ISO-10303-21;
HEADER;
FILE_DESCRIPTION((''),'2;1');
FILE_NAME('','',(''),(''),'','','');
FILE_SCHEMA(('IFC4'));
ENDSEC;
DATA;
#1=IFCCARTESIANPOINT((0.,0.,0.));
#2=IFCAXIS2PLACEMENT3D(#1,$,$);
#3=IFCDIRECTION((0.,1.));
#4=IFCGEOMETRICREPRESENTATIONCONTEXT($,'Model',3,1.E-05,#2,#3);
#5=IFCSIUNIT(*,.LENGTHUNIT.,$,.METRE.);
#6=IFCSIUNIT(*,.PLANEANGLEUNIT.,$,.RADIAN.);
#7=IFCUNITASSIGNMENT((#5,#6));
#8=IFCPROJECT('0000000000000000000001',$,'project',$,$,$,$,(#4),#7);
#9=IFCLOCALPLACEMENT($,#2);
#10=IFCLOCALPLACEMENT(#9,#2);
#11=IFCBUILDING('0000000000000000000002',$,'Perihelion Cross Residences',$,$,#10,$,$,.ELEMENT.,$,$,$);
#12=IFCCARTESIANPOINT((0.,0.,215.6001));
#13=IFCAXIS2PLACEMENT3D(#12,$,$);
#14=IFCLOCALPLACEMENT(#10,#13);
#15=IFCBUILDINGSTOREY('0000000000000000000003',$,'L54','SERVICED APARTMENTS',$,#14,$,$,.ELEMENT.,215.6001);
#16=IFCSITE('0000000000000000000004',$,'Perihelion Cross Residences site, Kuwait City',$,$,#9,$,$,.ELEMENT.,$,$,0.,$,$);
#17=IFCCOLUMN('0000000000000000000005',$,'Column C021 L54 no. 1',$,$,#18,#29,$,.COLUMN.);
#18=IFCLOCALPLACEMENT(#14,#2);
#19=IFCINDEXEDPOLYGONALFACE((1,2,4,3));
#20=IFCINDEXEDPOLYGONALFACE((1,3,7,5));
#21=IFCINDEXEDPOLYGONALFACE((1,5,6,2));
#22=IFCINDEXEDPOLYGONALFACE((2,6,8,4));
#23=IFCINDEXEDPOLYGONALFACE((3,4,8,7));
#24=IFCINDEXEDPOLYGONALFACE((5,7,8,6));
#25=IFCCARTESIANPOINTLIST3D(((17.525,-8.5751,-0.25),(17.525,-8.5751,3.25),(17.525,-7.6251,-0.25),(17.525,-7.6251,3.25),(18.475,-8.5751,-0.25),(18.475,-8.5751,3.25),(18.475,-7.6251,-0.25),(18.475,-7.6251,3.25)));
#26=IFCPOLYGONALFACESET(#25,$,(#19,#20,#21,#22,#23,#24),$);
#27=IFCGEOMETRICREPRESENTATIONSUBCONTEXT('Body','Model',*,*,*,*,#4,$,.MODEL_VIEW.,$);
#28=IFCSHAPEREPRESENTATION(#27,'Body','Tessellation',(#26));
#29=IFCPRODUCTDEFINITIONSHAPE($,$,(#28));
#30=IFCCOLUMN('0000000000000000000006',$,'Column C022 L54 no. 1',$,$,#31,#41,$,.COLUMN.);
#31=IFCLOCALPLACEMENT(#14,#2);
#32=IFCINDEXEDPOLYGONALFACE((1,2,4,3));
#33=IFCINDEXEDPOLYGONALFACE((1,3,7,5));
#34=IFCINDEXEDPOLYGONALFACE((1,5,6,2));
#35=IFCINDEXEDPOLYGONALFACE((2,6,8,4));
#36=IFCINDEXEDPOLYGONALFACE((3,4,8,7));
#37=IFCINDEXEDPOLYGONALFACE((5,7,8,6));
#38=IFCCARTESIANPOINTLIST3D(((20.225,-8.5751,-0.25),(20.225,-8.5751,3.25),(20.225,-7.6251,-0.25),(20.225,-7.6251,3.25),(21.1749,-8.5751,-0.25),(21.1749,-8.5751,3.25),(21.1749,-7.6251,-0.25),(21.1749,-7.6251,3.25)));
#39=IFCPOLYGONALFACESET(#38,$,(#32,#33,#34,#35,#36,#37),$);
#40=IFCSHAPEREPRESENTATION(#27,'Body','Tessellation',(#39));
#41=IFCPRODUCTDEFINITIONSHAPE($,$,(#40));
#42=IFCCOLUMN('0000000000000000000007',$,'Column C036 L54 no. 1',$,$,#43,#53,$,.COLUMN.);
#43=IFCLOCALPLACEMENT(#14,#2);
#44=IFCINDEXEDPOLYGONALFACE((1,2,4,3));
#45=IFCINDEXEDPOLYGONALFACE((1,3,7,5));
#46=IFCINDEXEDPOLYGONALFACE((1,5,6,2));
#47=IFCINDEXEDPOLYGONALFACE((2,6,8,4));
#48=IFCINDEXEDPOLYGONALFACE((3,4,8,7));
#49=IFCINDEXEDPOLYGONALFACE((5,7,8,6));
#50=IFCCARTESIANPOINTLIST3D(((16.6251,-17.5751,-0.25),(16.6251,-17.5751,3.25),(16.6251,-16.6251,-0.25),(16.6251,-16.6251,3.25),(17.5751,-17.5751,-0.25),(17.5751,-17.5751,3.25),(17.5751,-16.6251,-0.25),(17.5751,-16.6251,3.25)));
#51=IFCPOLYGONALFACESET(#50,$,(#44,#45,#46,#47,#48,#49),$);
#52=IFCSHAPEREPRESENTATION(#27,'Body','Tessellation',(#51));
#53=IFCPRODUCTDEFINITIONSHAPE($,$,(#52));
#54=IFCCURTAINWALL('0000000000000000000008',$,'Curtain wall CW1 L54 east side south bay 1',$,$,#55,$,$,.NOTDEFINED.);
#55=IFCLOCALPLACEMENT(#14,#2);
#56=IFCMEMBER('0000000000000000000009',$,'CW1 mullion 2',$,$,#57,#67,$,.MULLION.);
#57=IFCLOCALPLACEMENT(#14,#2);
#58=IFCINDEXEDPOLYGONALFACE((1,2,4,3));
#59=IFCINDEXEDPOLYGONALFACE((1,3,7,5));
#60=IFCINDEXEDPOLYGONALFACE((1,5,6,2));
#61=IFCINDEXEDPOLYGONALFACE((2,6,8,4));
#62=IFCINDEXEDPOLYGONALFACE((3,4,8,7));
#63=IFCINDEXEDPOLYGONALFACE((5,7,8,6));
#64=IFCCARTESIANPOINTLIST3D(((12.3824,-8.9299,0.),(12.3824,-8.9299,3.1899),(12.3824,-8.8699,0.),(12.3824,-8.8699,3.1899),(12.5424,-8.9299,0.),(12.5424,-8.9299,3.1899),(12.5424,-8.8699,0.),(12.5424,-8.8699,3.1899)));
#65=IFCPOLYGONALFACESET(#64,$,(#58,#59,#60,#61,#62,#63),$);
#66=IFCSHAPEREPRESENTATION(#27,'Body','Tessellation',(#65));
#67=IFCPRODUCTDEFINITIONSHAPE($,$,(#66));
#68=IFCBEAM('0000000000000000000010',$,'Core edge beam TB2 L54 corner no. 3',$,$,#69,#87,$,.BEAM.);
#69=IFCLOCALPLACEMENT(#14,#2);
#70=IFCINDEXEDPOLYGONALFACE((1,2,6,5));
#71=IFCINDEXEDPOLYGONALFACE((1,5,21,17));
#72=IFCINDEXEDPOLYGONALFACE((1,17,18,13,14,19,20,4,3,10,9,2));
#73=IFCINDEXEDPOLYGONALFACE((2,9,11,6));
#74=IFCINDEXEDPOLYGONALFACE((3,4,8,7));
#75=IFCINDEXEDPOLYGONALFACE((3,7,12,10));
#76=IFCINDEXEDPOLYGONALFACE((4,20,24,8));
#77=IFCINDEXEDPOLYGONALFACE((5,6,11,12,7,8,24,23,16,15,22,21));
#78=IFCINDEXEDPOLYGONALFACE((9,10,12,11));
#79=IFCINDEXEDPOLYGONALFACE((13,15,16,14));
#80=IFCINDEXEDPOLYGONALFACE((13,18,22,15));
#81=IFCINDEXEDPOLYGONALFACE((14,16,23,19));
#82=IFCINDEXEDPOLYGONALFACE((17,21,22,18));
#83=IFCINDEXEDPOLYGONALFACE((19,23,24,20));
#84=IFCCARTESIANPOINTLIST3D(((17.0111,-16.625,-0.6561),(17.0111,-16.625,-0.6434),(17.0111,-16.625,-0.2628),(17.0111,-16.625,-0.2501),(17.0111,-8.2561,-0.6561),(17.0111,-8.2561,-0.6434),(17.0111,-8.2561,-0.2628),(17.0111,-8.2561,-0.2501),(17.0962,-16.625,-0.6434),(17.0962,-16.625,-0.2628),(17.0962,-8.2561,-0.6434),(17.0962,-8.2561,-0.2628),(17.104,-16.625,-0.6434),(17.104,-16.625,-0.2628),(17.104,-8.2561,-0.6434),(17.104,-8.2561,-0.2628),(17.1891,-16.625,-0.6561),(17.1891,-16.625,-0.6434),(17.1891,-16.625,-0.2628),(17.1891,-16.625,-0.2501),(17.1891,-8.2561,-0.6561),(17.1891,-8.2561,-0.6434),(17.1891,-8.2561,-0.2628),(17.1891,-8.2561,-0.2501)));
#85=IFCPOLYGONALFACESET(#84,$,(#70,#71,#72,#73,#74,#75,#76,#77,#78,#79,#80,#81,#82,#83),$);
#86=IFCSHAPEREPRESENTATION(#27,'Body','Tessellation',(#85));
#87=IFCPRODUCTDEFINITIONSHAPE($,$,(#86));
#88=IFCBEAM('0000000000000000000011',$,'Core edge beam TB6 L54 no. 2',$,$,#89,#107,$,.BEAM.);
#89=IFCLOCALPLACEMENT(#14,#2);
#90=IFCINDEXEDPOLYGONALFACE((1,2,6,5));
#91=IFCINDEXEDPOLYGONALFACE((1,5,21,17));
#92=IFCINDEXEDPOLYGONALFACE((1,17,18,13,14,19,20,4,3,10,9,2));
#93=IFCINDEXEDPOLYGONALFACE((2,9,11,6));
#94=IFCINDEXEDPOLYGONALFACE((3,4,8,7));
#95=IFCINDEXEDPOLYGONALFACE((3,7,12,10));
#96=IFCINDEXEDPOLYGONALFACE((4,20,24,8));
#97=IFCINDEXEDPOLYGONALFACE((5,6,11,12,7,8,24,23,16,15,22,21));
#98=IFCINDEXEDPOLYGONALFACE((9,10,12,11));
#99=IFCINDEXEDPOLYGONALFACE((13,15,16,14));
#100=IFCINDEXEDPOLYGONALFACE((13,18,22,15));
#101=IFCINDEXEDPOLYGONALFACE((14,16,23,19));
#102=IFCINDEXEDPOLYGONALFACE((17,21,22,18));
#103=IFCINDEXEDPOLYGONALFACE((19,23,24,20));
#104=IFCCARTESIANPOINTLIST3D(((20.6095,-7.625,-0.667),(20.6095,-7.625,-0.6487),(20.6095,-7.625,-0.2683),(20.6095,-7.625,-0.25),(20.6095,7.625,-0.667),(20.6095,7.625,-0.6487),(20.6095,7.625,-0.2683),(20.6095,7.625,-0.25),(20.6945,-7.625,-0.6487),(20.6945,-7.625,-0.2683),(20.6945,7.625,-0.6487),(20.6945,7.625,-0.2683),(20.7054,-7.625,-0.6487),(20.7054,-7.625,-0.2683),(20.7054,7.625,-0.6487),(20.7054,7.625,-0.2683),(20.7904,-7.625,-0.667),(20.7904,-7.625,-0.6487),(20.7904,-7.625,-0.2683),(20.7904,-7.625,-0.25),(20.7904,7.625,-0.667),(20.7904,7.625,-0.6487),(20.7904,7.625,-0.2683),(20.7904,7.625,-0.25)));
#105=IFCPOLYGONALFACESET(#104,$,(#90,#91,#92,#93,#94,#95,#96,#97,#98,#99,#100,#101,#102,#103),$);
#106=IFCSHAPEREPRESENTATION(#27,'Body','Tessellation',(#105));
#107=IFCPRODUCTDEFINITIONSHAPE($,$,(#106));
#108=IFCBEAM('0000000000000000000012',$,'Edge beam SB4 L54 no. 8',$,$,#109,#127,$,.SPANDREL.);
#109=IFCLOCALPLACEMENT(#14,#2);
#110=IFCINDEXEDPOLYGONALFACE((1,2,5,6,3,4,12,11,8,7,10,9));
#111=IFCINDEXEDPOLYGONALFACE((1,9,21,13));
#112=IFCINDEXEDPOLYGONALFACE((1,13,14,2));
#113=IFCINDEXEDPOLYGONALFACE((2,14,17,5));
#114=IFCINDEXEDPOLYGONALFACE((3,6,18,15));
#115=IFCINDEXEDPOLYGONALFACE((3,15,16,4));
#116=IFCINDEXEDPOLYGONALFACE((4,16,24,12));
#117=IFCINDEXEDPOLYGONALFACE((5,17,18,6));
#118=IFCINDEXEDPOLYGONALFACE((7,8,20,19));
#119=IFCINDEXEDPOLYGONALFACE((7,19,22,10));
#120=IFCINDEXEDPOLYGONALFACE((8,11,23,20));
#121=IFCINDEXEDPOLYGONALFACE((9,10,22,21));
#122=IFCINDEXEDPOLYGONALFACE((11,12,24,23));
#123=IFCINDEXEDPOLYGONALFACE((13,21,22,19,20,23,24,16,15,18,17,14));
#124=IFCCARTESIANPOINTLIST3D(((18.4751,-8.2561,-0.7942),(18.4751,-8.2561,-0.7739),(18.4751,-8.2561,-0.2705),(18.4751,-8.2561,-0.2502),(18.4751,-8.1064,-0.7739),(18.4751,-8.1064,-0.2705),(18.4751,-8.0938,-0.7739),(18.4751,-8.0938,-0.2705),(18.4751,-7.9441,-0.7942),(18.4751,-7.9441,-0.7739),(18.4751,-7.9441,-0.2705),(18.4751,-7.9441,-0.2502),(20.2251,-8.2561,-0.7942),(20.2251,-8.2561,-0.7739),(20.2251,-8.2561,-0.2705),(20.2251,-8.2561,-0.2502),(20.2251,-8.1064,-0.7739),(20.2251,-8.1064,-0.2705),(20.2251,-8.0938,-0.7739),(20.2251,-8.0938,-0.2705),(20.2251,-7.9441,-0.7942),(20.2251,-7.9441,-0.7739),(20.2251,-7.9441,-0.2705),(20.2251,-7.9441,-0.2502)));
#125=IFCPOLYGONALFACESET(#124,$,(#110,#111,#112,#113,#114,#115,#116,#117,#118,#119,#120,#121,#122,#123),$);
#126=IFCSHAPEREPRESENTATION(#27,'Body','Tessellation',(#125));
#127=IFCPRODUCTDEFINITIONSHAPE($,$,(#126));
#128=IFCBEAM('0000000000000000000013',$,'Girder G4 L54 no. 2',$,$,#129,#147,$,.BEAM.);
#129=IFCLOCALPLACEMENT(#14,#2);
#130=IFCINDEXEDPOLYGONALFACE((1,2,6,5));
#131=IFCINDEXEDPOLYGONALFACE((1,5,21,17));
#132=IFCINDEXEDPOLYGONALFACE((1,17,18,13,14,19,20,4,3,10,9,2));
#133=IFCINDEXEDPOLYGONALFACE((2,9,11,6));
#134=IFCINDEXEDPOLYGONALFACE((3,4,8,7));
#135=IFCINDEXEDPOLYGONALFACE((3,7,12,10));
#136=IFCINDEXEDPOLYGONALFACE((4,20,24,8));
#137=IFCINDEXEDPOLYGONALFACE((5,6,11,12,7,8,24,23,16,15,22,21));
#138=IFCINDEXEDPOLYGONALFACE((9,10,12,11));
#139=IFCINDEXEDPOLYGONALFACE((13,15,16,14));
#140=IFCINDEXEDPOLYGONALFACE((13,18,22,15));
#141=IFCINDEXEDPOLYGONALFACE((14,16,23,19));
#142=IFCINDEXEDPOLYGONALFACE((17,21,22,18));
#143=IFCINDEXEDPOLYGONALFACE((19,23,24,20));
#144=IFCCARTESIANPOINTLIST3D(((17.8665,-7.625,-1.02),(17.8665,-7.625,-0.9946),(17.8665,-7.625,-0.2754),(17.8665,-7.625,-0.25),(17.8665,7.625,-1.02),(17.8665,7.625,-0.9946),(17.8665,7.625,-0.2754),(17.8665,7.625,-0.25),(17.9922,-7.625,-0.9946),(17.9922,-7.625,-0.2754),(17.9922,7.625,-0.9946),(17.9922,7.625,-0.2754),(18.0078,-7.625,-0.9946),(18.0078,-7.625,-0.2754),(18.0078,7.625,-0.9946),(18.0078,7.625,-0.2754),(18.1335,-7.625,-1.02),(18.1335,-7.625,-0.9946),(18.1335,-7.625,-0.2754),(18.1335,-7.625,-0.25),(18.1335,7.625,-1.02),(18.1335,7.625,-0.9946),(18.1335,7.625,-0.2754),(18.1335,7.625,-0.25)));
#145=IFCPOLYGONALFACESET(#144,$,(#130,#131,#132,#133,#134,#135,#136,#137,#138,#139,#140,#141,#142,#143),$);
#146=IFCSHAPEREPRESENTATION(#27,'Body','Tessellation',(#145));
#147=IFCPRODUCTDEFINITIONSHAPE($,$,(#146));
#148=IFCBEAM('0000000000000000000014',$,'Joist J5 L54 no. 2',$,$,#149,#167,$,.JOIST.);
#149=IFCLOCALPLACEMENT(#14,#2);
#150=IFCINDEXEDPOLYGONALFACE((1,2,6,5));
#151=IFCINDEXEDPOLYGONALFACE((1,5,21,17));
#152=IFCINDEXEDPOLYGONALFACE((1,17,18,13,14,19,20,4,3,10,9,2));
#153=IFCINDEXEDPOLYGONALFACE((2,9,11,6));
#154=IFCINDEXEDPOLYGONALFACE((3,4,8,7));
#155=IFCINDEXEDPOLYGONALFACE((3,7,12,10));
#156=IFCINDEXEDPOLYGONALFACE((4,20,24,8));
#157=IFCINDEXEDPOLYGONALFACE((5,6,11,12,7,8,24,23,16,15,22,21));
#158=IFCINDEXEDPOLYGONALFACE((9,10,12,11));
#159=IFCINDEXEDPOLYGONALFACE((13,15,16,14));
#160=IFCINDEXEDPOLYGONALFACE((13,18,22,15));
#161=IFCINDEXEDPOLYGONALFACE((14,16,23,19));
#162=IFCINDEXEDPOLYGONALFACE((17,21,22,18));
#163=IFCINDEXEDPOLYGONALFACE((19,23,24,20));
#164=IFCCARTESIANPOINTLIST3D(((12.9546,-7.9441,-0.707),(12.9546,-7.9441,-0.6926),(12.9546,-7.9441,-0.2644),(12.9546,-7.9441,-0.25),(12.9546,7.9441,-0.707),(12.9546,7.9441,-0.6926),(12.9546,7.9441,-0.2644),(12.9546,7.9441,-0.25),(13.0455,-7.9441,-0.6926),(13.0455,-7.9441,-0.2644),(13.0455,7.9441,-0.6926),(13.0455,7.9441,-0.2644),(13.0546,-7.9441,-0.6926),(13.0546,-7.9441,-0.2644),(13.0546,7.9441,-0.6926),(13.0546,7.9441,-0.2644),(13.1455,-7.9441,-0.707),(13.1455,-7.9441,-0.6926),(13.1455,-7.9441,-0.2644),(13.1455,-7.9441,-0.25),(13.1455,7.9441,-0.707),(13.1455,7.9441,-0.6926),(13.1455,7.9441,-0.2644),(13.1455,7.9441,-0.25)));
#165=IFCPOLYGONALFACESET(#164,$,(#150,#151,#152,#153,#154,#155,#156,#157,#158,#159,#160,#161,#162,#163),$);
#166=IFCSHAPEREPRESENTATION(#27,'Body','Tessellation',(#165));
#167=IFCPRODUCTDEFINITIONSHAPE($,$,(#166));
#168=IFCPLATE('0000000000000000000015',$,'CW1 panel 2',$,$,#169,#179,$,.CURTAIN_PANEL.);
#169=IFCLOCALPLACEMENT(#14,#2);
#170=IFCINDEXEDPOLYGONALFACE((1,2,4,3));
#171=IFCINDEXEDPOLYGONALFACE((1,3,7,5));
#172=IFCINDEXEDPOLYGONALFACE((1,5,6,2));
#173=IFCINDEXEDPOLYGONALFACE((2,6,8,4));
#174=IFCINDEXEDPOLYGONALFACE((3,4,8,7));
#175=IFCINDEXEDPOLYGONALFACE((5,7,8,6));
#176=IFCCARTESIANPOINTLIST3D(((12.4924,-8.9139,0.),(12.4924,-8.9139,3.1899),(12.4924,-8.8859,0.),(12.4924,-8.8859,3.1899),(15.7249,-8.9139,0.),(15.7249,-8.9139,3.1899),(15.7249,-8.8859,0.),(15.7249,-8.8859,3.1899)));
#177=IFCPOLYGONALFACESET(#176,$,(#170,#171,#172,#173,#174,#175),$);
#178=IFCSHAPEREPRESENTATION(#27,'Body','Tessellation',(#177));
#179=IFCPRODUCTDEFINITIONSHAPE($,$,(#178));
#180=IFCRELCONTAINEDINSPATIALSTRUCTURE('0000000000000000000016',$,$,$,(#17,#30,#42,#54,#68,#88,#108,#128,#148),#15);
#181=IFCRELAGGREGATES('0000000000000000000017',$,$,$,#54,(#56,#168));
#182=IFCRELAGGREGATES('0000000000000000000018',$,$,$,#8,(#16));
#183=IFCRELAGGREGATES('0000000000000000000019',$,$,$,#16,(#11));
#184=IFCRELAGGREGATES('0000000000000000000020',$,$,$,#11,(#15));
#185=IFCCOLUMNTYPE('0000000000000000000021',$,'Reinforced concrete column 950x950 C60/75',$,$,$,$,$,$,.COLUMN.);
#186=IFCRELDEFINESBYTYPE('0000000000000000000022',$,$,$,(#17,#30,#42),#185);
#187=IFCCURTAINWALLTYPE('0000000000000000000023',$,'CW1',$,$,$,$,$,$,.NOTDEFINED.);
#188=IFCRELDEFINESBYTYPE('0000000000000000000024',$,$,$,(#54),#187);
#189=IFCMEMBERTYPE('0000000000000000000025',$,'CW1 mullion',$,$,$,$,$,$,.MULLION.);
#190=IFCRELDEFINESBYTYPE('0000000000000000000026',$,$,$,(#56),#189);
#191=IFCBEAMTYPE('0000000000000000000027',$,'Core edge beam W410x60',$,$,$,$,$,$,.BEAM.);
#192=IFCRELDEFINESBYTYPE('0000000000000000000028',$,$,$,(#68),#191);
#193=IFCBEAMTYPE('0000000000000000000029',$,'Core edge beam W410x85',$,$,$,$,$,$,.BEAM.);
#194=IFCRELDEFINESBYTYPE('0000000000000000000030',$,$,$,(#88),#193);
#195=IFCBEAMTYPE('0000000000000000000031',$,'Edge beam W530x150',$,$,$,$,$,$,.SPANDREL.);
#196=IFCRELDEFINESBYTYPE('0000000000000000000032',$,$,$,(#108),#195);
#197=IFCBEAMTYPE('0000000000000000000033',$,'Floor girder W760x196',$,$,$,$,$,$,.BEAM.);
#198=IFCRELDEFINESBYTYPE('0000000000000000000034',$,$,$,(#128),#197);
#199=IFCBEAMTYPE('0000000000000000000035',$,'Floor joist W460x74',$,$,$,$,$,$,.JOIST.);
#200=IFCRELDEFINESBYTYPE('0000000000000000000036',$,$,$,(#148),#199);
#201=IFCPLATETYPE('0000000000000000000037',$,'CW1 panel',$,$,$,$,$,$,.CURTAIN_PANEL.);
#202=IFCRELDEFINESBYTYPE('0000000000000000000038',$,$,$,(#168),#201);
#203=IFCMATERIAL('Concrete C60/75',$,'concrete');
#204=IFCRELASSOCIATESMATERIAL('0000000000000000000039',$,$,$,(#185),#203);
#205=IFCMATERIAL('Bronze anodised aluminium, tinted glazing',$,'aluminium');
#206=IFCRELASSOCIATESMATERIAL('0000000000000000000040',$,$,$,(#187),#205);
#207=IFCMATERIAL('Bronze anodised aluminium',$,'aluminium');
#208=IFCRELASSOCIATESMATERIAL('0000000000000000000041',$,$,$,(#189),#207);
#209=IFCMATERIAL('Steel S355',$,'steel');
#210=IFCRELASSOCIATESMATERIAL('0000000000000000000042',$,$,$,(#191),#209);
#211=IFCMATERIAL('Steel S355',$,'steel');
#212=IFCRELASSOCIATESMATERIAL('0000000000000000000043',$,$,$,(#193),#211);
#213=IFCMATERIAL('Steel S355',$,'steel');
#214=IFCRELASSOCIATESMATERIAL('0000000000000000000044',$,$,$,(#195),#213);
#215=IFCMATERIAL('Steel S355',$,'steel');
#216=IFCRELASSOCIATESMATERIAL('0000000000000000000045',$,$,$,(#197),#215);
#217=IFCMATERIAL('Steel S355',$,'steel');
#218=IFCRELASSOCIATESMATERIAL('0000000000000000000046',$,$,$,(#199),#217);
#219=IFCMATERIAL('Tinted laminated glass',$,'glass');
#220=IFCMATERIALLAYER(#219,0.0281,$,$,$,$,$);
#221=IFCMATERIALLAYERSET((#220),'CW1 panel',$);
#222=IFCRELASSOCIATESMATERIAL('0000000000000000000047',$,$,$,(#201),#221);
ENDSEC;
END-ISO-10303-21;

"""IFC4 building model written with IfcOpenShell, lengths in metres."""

from ifc_helpers import new_model, si_unit, direction, frame, origin, origin_2d, place, context, subcontext, project, spatial, rectangle, i_section, extrude, material, layer, layer_set, material_profile, profile_set, type_object, element, aggregate, save


model = new_model("IFC4")

# Units and contexts
model_context = context("Model", 3, precision=1e-05, world=origin(), true_north=direction((0.0, 1.0)))
body_context = subcontext(model_context, "Body", "Model", "MODEL_VIEW")
ifc_project = project(units=[si_unit("LENGTHUNIT", "METRE"), si_unit("PLANEANGLEUNIT", "RADIAN")], contexts=[model_context])

# Site, building, storey
site_placement = place(None, origin())
site = spatial("IfcSite", under=ifc_project, at=site_placement, Name="Perihelion Cross Residences site, Kuwait City", CompositionType="ELEMENT", RefElevation=0.0)
building_placement = place(site_placement, origin())
building = spatial("IfcBuilding", under=site, at=building_placement, Name="Perihelion Cross Residences", CompositionType="ELEMENT")
storey_placement = place(building_placement, frame((0.0, 0.0, 215.6001)))
storey = spatial("IfcBuildingStorey", under=building, at=storey_placement, Name="L54", Description="SERVICED APARTMENTS", CompositionType="ELEMENT", Elevation=215.6001)

# Columns
ifc_material_1 = material(Name="Concrete C60/75", Category="concrete")
ifc_material_profile_1 = material_profile(ifc_material_1, rectangle(XDim=0.95, YDim=0.95, at=origin_2d()), Name="RC 950x950")
ifc_profile_set_1 = profile_set([ifc_material_profile_1], Name="Concrete C60/75")
column_type = type_object("IfcColumnType", Name="Reinforced concrete column 950x950 C60/75", PredefinedType="COLUMN", material=ifc_profile_set_1)
for number, where, z_axis, x_axis, name in (
    (1, (18.0, -8.1001, -0.25), (0.0, 0.0, 1.0), (1.0, 0.0, 0.0), "Column C021 L54 no. 1"),
    (2, (20.7, -8.1001, -0.25), (0.0, 0.0, 1.0), (1.0, 0.0, 0.0), "Column C022 L54 no. 1"),
    (3, (17.1001, -17.1001, -0.25), (0.0, 0.0, 1.0), (1.0, 0.0, 0.0), "Column C036 L54 no. 1"),
):
    element("IfcColumn", number, at=place(storey_placement, frame(where, z_axis=z_axis, x_axis=x_axis)), inside=storey, type_object=column_type, Name=name, PredefinedType="COLUMN", context=body_context, shape_type="SweptSolid", body=[
        extrude(rectangle(XDim=0.95, YDim=0.95, at=origin_2d()), origin(), (0.0, 0.0, 1.0), 3.5),
    ])

# Curtain wall, member
ifc_material_2 = material(Name="Bronze anodised aluminium, tinted glazing", Category="aluminium")
curtain_wall_type = type_object("IfcCurtainWallType", Name="CW1", PredefinedType="NOTDEFINED", material=ifc_material_2)
curtain_wall_placement = place(storey_placement, origin())
curtain_wall = element("IfcCurtainWall", 4, at=curtain_wall_placement, inside=storey, type_object=curtain_wall_type, Name="Curtain wall CW1 L54 east side south bay 1", PredefinedType="NOTDEFINED")
ifc_material_3 = material(Name="Bronze anodised aluminium", Category="aluminium")
ifc_material_profile_2 = material_profile(ifc_material_3, rectangle(XDim=0.0601, YDim=0.1599, at=origin_2d()), Name="CW1 mullion")
ifc_profile_set_2 = profile_set([ifc_material_profile_2], Name="Bronze anodised aluminium")
member_type = type_object("IfcMemberType", Name="CW1 mullion", PredefinedType="MULLION", material=ifc_profile_set_2)
member_placement = place(storey_placement, frame((12.4624, -8.8999, 0.0), z_axis=(0.0, 0.0, 1.0), x_axis=(0.0, 1.0, 0.0)))
member = element("IfcMember", 5, at=member_placement, type_object=member_type, Name="CW1 mullion 2", PredefinedType="MULLION", context=body_context, shape_type="SweptSolid", body=[
    extrude(rectangle(XDim=0.0601, YDim=0.1599, at=origin_2d()), origin(), (0.0, 0.0, 1.0), 3.1899),
])

# Beams
ifc_material_4 = material(Name="Steel S355", Category="steel")
ifc_material_profile_3 = material_profile(ifc_material_4, i_section(OverallWidth=0.178, OverallDepth=0.406, WebThickness=0.0078, FlangeThickness=0.0127, at=origin_2d()), Name="W410x60")
ifc_profile_set_3 = profile_set([ifc_material_profile_3], Name="Steel S355")
beam_type_1 = type_object("IfcBeamType", Name="Core edge beam W410x60", PredefinedType="BEAM", material=ifc_profile_set_3)
beam_1_placement = place(storey_placement, frame((17.1001, -8.2561, -0.4531), z_axis=(0.0, -1.0, 0.0), x_axis=(1.0, 0.0, 0.0)))
element("IfcBeam", 6, at=beam_1_placement, inside=storey, type_object=beam_type_1, Name="Core edge beam TB2 L54 corner no. 3", PredefinedType="BEAM", context=body_context, shape_type="SweptSolid", body=[
    extrude(i_section(OverallWidth=0.178, OverallDepth=0.406, WebThickness=0.0078, FlangeThickness=0.0127, at=origin_2d()), origin(), (0.0, 0.0, 1.0), 8.3689),
])
ifc_material_5 = material(Name="Steel S355", Category="steel")
ifc_material_profile_4 = material_profile(ifc_material_5, i_section(OverallWidth=0.1809, OverallDepth=0.417, WebThickness=0.011, FlangeThickness=0.0183, at=origin_2d()), Name="W410x85")
ifc_profile_set_4 = profile_set([ifc_material_profile_4], Name="Steel S355")
beam_type_2 = type_object("IfcBeamType", Name="Core edge beam W410x85", PredefinedType="BEAM", material=ifc_profile_set_4)
beam_2_placement = place(storey_placement, frame((20.7, -7.625, -0.4585), z_axis=(0.0, 1.0, 0.0), x_axis=(-1.0, 0.0, 0.0)))
element("IfcBeam", 7, at=beam_2_placement, inside=storey, type_object=beam_type_2, Name="Core edge beam TB6 L54 no. 2", PredefinedType="BEAM", context=body_context, shape_type="SweptSolid", body=[
    extrude(i_section(OverallWidth=0.1809, OverallDepth=0.417, WebThickness=0.011, FlangeThickness=0.0183, at=origin_2d()), origin(), (0.0, 0.0, 1.0), 15.25),
])
ifc_material_6 = material(Name="Steel S355", Category="steel")
ifc_material_profile_5 = material_profile(ifc_material_6, i_section(OverallWidth=0.312, OverallDepth=0.5439, WebThickness=0.0127, FlangeThickness=0.0203, at=origin_2d()), Name="W530x150")
ifc_profile_set_5 = profile_set([ifc_material_profile_5], Name="Steel S355")
beam_type_3 = type_object("IfcBeamType", Name="Edge beam W530x150", PredefinedType="SPANDREL", material=ifc_profile_set_5)
beam_3_placement = place(storey_placement, frame((18.4751, -8.1001, -0.5222), z_axis=(1.0, 0.0, 0.0), x_axis=(0.0, 1.0, 0.0)))
element("IfcBeam", 8, at=beam_3_placement, inside=storey, type_object=beam_type_3, Name="Edge beam SB4 L54 no. 8", PredefinedType="SPANDREL", context=body_context, shape_type="SweptSolid", body=[
    extrude(i_section(OverallWidth=0.312, OverallDepth=0.5439, WebThickness=0.0127, FlangeThickness=0.0203, at=origin_2d()), origin(), (0.0, 0.0, 1.0), 1.75),
])
ifc_material_7 = material(Name="Steel S355", Category="steel")
ifc_material_profile_6 = material_profile(ifc_material_7, i_section(OverallWidth=0.2671, OverallDepth=0.77, WebThickness=0.0156, FlangeThickness=0.0254, at=origin_2d()), Name="W760x196")
ifc_profile_set_6 = profile_set([ifc_material_profile_6], Name="Steel S355")
beam_type_4 = type_object("IfcBeamType", Name="Floor girder W760x196", PredefinedType="BEAM", material=ifc_profile_set_6)
beam_4_placement = place(storey_placement, frame((18.0, -7.625, -0.635), z_axis=(0.0, 1.0, 0.0), x_axis=(-1.0, 0.0, 0.0)))
element("IfcBeam", 9, at=beam_4_placement, inside=storey, type_object=beam_type_4, Name="Girder G4 L54 no. 2", PredefinedType="BEAM", context=body_context, shape_type="SweptSolid", body=[
    extrude(i_section(OverallWidth=0.2671, OverallDepth=0.77, WebThickness=0.0156, FlangeThickness=0.0254, at=origin_2d()), origin(), (0.0, 0.0, 1.0), 15.25),
])
ifc_material_8 = material(Name="Steel S355", Category="steel")
ifc_material_profile_7 = material_profile(ifc_material_8, i_section(OverallWidth=0.1909, OverallDepth=0.457, WebThickness=0.009, FlangeThickness=0.0144, at=origin_2d()), Name="W460x74")
ifc_profile_set_7 = profile_set([ifc_material_profile_7], Name="Steel S355")
beam_type_5 = type_object("IfcBeamType", Name="Floor joist W460x74", PredefinedType="JOIST", material=ifc_profile_set_7)
beam_5_placement = place(storey_placement, frame((13.05, -7.9441, -0.4785), z_axis=(0.0, 1.0, 0.0), x_axis=(-1.0, 0.0, 0.0)))
element("IfcBeam", 10, at=beam_5_placement, inside=storey, type_object=beam_type_5, Name="Joist J5 L54 no. 2", PredefinedType="JOIST", context=body_context, shape_type="SweptSolid", body=[
    extrude(i_section(OverallWidth=0.1909, OverallDepth=0.457, WebThickness=0.009, FlangeThickness=0.0144, at=origin_2d()), origin(), (0.0, 0.0, 1.0), 15.8882),
])

# Plate
ifc_material_9 = material(Name="Tinted laminated glass", Category="glass")
ifc_layer_1 = layer(ifc_material_9, 0.0281)
ifc_layer_set_1 = layer_set([ifc_layer_1], Name="CW1 panel")
plate_type = type_object("IfcPlateType", Name="CW1 panel", PredefinedType="CURTAIN_PANEL", material=ifc_layer_set_1)
plate_placement = place(storey_placement, frame((14.1086, -8.8999, 0.0), z_axis=(0.0, 0.0, 1.0), x_axis=(1.0, 0.0, 0.0)))
plate = element("IfcPlate", 11, at=plate_placement, type_object=plate_type, Name="CW1 panel 2", PredefinedType="CURTAIN_PANEL", context=body_context, shape_type="SweptSolid", body=[
    extrude(rectangle(XDim=3.2324, YDim=0.0281, at=origin_2d()), origin(), (0.0, 0.0, 1.0), 3.1899),
])
aggregate(curtain_wall, [member, plate])

save(model, "model.ifc")
